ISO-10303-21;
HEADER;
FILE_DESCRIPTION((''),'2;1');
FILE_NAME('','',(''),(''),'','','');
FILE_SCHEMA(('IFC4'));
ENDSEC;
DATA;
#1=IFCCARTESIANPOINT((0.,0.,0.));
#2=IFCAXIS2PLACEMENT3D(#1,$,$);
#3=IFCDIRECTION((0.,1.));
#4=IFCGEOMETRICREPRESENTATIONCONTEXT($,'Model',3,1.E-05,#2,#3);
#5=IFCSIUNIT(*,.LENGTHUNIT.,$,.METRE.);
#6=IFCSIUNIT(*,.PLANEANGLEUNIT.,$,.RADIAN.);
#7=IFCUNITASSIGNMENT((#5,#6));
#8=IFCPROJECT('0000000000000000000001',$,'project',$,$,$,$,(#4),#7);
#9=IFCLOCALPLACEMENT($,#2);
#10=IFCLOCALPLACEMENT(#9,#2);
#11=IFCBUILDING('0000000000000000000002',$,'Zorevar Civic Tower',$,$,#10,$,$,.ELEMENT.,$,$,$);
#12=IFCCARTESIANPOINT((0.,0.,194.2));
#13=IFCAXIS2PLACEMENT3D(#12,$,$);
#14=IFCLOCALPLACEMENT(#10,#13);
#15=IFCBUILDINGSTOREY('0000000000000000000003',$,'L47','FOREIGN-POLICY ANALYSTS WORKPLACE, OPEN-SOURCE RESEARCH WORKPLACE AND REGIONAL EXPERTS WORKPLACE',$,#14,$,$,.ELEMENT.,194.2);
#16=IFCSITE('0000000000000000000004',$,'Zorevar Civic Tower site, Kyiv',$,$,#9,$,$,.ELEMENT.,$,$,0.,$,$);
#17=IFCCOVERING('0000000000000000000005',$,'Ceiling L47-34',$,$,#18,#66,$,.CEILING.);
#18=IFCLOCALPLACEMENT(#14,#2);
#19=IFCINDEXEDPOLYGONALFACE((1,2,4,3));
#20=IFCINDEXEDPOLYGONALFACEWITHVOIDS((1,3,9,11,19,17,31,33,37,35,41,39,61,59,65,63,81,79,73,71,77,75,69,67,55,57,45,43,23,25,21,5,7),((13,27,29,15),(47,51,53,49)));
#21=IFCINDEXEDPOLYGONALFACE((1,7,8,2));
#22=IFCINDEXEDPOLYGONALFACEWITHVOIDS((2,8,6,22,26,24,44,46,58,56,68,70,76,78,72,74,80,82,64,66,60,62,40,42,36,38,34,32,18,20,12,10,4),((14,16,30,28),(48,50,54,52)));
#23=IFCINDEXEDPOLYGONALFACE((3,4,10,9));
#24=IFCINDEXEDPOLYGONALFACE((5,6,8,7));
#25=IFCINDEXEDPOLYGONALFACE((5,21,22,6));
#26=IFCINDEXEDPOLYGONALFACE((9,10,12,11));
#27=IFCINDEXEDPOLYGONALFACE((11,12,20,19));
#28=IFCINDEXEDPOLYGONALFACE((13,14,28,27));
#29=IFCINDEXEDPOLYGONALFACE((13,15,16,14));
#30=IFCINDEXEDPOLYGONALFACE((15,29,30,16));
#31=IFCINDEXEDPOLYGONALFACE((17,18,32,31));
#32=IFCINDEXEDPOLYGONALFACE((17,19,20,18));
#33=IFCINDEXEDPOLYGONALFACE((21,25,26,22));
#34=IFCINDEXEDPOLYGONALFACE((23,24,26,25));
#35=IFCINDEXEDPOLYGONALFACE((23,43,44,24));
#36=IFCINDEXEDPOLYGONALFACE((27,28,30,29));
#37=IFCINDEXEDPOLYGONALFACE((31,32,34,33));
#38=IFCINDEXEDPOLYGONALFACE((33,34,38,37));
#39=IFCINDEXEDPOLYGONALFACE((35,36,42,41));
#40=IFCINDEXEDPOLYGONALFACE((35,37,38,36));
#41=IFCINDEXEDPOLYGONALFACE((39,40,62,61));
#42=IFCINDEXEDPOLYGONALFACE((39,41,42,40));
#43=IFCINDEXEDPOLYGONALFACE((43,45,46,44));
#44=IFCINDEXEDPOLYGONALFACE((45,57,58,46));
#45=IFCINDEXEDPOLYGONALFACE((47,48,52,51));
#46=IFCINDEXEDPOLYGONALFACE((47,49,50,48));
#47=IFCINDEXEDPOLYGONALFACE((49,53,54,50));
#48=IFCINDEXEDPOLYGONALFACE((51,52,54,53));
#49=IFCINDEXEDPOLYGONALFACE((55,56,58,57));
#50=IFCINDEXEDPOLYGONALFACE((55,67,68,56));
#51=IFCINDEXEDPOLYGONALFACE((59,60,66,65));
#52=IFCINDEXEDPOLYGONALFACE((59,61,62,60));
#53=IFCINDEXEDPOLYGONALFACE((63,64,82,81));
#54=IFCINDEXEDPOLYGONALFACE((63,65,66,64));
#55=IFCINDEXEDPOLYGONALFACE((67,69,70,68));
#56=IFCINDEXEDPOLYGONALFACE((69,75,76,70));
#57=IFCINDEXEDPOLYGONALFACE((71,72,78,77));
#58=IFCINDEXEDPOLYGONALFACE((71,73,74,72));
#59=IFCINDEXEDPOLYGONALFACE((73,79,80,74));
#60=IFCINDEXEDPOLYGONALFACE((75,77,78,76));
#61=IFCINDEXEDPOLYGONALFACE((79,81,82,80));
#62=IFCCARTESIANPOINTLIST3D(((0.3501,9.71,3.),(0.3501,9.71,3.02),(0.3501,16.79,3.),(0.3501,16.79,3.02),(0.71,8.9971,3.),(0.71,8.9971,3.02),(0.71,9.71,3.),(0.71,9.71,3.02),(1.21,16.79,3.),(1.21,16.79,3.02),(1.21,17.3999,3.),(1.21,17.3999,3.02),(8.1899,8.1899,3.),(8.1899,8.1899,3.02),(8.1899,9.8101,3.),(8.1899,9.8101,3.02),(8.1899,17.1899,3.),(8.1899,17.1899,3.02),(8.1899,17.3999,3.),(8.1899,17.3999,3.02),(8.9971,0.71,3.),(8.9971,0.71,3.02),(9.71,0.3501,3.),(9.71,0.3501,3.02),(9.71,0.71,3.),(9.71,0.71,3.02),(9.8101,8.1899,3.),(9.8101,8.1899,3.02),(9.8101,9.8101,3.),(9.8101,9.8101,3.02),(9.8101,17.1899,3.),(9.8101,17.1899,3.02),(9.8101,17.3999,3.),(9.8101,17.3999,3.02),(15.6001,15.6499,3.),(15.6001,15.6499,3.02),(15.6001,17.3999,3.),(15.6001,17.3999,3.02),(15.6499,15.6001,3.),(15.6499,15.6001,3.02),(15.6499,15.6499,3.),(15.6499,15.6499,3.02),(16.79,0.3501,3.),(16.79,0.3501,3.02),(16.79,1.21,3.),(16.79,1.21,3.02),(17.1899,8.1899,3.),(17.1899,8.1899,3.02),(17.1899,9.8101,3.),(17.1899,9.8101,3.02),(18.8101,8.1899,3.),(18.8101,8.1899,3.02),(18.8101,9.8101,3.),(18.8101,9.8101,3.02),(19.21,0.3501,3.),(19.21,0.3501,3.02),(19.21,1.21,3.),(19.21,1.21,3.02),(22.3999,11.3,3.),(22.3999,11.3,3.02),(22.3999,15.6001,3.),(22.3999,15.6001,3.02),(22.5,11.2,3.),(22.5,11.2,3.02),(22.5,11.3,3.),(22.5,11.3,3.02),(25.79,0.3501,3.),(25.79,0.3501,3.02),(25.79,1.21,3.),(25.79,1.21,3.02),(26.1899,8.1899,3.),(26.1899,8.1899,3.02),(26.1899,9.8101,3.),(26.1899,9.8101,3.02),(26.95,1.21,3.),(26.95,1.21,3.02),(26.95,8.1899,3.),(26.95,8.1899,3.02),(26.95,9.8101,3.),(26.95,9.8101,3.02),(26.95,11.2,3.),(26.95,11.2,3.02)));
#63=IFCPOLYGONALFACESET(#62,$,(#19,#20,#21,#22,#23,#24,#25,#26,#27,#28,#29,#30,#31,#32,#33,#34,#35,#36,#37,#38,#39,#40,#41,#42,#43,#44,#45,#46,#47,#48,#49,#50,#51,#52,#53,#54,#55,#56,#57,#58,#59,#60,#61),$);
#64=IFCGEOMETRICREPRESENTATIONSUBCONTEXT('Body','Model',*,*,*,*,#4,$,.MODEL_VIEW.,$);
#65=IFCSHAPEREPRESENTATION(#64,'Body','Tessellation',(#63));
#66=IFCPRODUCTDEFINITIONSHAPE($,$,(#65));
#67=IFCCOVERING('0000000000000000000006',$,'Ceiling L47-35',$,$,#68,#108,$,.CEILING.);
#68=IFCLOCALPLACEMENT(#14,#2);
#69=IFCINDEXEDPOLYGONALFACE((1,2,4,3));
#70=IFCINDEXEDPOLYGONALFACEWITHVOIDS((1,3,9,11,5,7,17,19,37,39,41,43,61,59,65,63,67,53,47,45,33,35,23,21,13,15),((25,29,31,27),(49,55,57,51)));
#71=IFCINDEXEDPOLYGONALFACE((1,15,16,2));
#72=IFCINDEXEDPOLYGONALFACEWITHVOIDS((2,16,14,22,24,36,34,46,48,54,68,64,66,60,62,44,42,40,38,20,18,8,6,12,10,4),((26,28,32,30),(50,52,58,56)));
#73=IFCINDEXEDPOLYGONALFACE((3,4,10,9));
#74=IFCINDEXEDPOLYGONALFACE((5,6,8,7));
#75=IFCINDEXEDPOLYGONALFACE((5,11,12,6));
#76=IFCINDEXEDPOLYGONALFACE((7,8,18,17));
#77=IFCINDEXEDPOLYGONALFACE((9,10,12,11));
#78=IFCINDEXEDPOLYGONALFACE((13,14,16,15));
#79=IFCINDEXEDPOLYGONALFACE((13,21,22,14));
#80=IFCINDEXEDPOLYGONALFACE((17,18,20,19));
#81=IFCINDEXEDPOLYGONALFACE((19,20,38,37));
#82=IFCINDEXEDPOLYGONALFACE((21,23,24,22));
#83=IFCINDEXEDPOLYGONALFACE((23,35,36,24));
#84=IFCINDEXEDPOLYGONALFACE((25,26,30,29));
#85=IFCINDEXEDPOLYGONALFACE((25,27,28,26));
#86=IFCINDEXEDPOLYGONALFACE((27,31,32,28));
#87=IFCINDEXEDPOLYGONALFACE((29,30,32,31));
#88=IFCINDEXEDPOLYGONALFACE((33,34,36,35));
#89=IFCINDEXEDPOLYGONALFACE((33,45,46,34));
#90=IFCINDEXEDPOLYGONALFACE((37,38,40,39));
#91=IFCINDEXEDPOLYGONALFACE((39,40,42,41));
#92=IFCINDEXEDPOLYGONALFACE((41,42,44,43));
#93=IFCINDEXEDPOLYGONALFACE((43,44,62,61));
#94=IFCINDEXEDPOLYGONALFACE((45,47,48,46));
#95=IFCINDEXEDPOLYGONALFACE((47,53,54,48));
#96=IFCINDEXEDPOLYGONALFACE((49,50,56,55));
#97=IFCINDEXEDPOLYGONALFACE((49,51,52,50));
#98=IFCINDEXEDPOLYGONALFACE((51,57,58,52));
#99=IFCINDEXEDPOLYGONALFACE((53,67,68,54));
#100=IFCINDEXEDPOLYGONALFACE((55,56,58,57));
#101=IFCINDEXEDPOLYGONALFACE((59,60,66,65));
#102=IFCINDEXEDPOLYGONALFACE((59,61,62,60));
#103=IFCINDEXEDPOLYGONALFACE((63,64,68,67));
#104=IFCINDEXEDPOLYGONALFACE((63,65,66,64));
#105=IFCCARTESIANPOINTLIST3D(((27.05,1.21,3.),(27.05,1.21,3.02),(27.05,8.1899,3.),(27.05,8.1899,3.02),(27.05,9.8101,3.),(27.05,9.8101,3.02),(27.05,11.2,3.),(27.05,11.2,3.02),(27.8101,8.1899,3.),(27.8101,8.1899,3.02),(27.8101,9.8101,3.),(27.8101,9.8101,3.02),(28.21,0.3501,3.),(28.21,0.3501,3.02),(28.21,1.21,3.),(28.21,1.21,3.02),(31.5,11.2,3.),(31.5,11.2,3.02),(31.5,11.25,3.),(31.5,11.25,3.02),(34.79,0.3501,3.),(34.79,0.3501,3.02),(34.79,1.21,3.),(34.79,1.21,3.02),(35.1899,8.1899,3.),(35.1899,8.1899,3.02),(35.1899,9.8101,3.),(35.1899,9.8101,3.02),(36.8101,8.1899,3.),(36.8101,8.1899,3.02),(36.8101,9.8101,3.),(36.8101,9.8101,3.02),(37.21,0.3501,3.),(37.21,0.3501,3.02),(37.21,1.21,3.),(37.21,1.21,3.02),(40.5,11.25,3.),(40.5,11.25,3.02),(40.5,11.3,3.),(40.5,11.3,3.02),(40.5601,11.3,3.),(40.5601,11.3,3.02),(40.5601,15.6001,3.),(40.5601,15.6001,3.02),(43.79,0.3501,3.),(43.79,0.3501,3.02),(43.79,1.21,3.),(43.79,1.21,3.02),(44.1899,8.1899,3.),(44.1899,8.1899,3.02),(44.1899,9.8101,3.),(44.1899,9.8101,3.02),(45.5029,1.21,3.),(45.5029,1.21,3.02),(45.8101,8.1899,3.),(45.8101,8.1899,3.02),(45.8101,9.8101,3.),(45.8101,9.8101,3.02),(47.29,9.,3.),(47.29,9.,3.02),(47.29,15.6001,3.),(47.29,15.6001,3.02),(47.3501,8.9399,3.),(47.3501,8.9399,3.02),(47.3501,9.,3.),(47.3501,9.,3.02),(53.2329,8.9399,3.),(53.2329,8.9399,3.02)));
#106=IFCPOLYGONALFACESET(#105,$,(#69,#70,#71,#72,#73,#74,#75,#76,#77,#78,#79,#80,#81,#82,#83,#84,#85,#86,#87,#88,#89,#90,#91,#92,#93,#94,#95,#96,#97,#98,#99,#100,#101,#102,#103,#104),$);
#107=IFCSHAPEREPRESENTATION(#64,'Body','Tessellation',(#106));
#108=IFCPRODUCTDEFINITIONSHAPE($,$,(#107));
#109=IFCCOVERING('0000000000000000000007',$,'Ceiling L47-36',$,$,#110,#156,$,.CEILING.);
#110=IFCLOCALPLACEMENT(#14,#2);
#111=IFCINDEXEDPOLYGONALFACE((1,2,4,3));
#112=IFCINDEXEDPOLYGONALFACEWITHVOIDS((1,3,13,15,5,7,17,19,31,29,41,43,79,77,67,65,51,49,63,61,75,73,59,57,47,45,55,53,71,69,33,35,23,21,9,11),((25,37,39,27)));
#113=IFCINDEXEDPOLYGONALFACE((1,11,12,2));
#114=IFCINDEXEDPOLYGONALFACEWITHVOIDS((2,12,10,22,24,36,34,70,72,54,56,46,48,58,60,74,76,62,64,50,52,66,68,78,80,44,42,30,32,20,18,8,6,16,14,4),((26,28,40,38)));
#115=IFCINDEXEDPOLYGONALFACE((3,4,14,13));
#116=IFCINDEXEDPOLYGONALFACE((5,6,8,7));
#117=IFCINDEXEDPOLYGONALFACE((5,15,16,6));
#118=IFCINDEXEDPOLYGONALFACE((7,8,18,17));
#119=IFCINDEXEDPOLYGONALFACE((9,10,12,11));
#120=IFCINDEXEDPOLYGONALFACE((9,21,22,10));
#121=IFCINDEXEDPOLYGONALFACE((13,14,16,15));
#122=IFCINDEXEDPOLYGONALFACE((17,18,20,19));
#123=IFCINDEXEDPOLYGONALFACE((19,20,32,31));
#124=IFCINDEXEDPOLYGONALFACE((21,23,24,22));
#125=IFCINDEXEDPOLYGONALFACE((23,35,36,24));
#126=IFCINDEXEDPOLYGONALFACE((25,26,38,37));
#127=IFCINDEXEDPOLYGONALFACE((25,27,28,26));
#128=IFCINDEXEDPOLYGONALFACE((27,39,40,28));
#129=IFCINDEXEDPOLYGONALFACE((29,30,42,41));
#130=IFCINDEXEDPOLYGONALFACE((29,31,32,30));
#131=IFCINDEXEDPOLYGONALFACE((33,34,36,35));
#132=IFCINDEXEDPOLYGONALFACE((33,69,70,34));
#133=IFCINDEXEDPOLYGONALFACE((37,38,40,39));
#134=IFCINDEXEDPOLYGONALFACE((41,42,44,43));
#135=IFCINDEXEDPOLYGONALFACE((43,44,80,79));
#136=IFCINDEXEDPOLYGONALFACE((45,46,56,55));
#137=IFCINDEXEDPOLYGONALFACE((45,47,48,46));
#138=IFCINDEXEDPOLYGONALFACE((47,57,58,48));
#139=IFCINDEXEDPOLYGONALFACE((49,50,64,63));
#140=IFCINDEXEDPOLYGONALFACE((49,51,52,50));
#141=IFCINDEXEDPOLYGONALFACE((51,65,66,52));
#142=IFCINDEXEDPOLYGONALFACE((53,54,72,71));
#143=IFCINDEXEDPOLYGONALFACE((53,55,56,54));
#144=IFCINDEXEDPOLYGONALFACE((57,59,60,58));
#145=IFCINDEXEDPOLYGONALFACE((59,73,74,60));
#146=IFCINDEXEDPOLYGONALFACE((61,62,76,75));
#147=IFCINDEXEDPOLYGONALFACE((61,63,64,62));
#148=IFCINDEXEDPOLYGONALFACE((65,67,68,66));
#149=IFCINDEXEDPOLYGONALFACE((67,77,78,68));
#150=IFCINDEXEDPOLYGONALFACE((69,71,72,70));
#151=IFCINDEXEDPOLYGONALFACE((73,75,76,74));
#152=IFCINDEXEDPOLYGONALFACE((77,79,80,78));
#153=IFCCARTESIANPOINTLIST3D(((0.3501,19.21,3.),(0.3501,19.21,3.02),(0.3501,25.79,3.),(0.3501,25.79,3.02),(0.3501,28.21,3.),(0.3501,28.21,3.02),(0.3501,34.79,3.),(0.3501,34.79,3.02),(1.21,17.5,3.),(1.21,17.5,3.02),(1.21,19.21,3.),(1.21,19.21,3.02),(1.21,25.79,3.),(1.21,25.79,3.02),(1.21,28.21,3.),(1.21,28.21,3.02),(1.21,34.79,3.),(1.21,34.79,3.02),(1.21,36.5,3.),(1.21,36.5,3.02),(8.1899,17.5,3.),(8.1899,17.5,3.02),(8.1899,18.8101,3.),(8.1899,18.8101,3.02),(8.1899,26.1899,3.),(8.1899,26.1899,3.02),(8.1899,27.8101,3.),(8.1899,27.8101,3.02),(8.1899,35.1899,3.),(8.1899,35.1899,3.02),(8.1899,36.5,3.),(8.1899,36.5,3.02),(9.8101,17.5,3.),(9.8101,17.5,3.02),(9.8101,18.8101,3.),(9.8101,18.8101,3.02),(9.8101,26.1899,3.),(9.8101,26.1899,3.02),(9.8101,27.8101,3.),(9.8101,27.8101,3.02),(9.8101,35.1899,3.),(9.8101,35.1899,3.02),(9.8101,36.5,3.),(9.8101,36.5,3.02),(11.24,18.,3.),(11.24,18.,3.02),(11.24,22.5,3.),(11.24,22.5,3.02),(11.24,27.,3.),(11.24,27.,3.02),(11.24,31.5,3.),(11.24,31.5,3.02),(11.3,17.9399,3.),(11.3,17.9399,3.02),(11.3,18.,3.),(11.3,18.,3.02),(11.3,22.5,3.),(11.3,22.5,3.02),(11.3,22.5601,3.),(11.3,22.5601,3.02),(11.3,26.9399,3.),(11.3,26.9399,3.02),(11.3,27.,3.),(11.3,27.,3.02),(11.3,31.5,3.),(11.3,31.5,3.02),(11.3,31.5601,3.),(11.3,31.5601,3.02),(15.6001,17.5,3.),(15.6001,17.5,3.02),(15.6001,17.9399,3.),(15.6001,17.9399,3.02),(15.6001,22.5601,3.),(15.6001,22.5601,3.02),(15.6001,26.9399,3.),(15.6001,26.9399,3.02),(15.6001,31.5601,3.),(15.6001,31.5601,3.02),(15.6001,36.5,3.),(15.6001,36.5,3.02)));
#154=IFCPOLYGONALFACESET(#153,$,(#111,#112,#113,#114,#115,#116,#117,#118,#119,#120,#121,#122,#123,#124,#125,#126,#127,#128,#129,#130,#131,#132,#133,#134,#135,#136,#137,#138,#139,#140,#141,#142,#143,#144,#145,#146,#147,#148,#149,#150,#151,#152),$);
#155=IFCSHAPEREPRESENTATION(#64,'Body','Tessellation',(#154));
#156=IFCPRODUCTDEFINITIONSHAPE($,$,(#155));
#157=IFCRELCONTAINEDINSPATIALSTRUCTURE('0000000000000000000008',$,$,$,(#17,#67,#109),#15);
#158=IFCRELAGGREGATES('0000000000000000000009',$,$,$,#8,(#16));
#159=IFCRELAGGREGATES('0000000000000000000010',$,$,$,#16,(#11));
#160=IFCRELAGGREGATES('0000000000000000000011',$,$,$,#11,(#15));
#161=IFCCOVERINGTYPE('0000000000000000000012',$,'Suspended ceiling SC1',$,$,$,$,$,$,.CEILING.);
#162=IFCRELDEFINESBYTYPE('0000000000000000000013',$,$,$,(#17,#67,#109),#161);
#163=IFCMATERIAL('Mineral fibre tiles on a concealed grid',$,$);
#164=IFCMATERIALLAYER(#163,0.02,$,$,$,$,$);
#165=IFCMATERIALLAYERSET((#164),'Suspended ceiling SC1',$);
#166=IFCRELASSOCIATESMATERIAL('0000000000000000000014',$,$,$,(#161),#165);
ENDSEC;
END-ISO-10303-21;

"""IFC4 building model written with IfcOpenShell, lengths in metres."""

from ifc_helpers import new_model, si_unit, direction, frame, origin, place, context, subcontext, project, spatial, polyline, outline, extrude, material, layer, layer_set, type_object, element, save


model = new_model("IFC4")

# Units and contexts
model_context = context("Model", 3, precision=1e-05, world=origin(), true_north=direction((0.0, 1.0)))
body_context = subcontext(model_context, "Body", "Model", "MODEL_VIEW")
ifc_project = project(units=[si_unit("LENGTHUNIT", "METRE"), si_unit("PLANEANGLEUNIT", "RADIAN")], contexts=[model_context])

# Site, building, storey
site_placement = place(None, origin())
site = spatial("IfcSite", under=ifc_project, at=site_placement, Name="Zorevar Civic Tower site, Kyiv", CompositionType="ELEMENT", RefElevation=0.0)
building_placement = place(site_placement, origin())
building = spatial("IfcBuilding", under=site, at=building_placement, Name="Zorevar Civic Tower", CompositionType="ELEMENT")
storey_placement = place(building_placement, frame((0.0, 0.0, 194.2)))
storey = spatial("IfcBuildingStorey", under=building, at=storey_placement, Name="L47", Description="FOREIGN-POLICY ANALYSTS WORKPLACE, OPEN-SOURCE RESEARCH WORKPLACE AND REGIONAL EXPERTS WORKPLACE", CompositionType="ELEMENT", Elevation=194.2)

# Coverings
ifc_material_1 = material(Name="Mineral fibre tiles on a concealed grid")
ifc_layer_1 = layer(ifc_material_1, 0.02)
ifc_layer_set_1 = layer_set([ifc_layer_1], Name="Suspended ceiling SC1")
covering_type_1 = type_object("IfcCoveringType", Name="Suspended ceiling SC1", PredefinedType="CEILING", material=ifc_layer_set_1)
covering_1_placement = place(storey_placement, frame((0.0, 0.0, 3.0)))
element("IfcCovering", 1, at=covering_1_placement, inside=storey, type_object=covering_type_1, Name="Ceiling L47-34", PredefinedType="CEILING", context=body_context, shape_type="SweptSolid", body=[
    extrude(outline(polyline([(8.1899, 17.1899), (9.8101, 17.1899), (9.8101, 17.3999), (15.6001, 17.3999), (15.6001, 15.6499), (15.6499, 15.6499), (15.6499, 15.6001), (22.3999, 15.6001), (22.3999, 11.3), (22.5, 11.3), (22.5, 11.2), (26.95, 11.2), (26.95, 9.8101), (26.1899, 9.8101), (26.1899, 8.1899), (26.95, 8.1899), (26.95, 1.21), (25.79, 1.21), (25.79, 0.3501), (19.21, 0.3501), (19.21, 1.21), (16.79, 1.21), (16.79, 0.3501), (9.71, 0.3501), (9.71, 0.71), (8.9971, 0.71), (0.71, 8.9971), (0.71, 9.71), (0.3501, 9.71), (0.3501, 16.79), (1.21, 16.79), (1.21, 17.3999), (8.1899, 17.3999), (8.1899, 17.1899)]), holes=[polyline([(8.1899, 8.1899), (9.8101, 8.1899), (9.8101, 9.8101), (8.1899, 9.8101), (8.1899, 8.1899)]), polyline([(18.8101, 8.1899), (18.8101, 9.8101), (17.1899, 9.8101), (17.1899, 8.1899), (18.8101, 8.1899)])]), origin(), (0.0, 0.0, 1.0), 0.02),
])
covering_2_placement = place(storey_placement, frame((0.0, 0.0, 3.0)))
element("IfcCovering", 2, at=covering_2_placement, inside=storey, type_object=covering_type_1, Name="Ceiling L47-35", PredefinedType="CEILING", context=body_context, shape_type="SweptSolid", body=[
    extrude(outline(polyline([(43.79, 1.21), (43.79, 0.3501), (37.21, 0.3501), (37.21, 1.21), (34.79, 1.21), (34.79, 0.3501), (28.21, 0.3501), (28.21, 1.21), (27.05, 1.21), (27.05, 8.1899), (27.8101, 8.1899), (27.8101, 9.8101), (27.05, 9.8101), (27.05, 11.2), (31.5, 11.2), (31.5, 11.25), (40.5, 11.25), (40.5, 11.3), (40.5601, 11.3), (40.5601, 15.6001), (47.29, 15.6001), (47.29, 9.0), (47.3501, 9.0), (47.3501, 8.9399), (53.2329, 8.9399), (45.5029, 1.21), (43.79, 1.21)]), holes=[polyline([(36.8101, 9.8101), (35.1899, 9.8101), (35.1899, 8.1899), (36.8101, 8.1899), (36.8101, 9.8101)]), polyline([(44.1899, 8.1899), (45.8101, 8.1899), (45.8101, 9.8101), (44.1899, 9.8101), (44.1899, 8.1899)])]), origin(), (0.0, 0.0, 1.0), 0.02),
])
covering_3_placement = place(storey_placement, frame((0.0, 0.0, 3.0)))
element("IfcCovering", 3, at=covering_3_placement, inside=storey, type_object=covering_type_1, Name="Ceiling L47-36", PredefinedType="CEILING", context=body_context, shape_type="SweptSolid", body=[
    extrude(outline(polyline([(11.3, 22.5), (11.24, 22.5), (11.24, 18.0), (11.3, 18.0), (11.3, 17.9399), (15.6001, 17.9399), (15.6001, 17.5), (9.8101, 17.5), (9.8101, 18.8101), (8.1899, 18.8101), (8.1899, 17.5), (1.21, 17.5), (1.21, 19.21), (0.3501, 19.21), (0.3501, 25.79), (1.21, 25.79), (1.21, 28.21), (0.3501, 28.21), (0.3501, 34.79), (1.21, 34.79), (1.21, 36.5), (8.1899, 36.5), (8.1899, 35.1899), (9.8101, 35.1899), (9.8101, 36.5), (15.6001, 36.5), (15.6001, 31.5601), (11.3, 31.5601), (11.3, 31.5), (11.24, 31.5), (11.24, 27.0), (11.3, 27.0), (11.3, 26.9399), (15.6001, 26.9399), (15.6001, 22.5601), (11.3, 22.5601), (11.3, 22.5)]), holes=[polyline([(8.1899, 27.8101), (8.1899, 26.1899), (9.8101, 26.1899), (9.8101, 27.8101), (8.1899, 27.8101)])]), origin(), (0.0, 0.0, 1.0), 0.02),
])

save(model, "model.ifc")
